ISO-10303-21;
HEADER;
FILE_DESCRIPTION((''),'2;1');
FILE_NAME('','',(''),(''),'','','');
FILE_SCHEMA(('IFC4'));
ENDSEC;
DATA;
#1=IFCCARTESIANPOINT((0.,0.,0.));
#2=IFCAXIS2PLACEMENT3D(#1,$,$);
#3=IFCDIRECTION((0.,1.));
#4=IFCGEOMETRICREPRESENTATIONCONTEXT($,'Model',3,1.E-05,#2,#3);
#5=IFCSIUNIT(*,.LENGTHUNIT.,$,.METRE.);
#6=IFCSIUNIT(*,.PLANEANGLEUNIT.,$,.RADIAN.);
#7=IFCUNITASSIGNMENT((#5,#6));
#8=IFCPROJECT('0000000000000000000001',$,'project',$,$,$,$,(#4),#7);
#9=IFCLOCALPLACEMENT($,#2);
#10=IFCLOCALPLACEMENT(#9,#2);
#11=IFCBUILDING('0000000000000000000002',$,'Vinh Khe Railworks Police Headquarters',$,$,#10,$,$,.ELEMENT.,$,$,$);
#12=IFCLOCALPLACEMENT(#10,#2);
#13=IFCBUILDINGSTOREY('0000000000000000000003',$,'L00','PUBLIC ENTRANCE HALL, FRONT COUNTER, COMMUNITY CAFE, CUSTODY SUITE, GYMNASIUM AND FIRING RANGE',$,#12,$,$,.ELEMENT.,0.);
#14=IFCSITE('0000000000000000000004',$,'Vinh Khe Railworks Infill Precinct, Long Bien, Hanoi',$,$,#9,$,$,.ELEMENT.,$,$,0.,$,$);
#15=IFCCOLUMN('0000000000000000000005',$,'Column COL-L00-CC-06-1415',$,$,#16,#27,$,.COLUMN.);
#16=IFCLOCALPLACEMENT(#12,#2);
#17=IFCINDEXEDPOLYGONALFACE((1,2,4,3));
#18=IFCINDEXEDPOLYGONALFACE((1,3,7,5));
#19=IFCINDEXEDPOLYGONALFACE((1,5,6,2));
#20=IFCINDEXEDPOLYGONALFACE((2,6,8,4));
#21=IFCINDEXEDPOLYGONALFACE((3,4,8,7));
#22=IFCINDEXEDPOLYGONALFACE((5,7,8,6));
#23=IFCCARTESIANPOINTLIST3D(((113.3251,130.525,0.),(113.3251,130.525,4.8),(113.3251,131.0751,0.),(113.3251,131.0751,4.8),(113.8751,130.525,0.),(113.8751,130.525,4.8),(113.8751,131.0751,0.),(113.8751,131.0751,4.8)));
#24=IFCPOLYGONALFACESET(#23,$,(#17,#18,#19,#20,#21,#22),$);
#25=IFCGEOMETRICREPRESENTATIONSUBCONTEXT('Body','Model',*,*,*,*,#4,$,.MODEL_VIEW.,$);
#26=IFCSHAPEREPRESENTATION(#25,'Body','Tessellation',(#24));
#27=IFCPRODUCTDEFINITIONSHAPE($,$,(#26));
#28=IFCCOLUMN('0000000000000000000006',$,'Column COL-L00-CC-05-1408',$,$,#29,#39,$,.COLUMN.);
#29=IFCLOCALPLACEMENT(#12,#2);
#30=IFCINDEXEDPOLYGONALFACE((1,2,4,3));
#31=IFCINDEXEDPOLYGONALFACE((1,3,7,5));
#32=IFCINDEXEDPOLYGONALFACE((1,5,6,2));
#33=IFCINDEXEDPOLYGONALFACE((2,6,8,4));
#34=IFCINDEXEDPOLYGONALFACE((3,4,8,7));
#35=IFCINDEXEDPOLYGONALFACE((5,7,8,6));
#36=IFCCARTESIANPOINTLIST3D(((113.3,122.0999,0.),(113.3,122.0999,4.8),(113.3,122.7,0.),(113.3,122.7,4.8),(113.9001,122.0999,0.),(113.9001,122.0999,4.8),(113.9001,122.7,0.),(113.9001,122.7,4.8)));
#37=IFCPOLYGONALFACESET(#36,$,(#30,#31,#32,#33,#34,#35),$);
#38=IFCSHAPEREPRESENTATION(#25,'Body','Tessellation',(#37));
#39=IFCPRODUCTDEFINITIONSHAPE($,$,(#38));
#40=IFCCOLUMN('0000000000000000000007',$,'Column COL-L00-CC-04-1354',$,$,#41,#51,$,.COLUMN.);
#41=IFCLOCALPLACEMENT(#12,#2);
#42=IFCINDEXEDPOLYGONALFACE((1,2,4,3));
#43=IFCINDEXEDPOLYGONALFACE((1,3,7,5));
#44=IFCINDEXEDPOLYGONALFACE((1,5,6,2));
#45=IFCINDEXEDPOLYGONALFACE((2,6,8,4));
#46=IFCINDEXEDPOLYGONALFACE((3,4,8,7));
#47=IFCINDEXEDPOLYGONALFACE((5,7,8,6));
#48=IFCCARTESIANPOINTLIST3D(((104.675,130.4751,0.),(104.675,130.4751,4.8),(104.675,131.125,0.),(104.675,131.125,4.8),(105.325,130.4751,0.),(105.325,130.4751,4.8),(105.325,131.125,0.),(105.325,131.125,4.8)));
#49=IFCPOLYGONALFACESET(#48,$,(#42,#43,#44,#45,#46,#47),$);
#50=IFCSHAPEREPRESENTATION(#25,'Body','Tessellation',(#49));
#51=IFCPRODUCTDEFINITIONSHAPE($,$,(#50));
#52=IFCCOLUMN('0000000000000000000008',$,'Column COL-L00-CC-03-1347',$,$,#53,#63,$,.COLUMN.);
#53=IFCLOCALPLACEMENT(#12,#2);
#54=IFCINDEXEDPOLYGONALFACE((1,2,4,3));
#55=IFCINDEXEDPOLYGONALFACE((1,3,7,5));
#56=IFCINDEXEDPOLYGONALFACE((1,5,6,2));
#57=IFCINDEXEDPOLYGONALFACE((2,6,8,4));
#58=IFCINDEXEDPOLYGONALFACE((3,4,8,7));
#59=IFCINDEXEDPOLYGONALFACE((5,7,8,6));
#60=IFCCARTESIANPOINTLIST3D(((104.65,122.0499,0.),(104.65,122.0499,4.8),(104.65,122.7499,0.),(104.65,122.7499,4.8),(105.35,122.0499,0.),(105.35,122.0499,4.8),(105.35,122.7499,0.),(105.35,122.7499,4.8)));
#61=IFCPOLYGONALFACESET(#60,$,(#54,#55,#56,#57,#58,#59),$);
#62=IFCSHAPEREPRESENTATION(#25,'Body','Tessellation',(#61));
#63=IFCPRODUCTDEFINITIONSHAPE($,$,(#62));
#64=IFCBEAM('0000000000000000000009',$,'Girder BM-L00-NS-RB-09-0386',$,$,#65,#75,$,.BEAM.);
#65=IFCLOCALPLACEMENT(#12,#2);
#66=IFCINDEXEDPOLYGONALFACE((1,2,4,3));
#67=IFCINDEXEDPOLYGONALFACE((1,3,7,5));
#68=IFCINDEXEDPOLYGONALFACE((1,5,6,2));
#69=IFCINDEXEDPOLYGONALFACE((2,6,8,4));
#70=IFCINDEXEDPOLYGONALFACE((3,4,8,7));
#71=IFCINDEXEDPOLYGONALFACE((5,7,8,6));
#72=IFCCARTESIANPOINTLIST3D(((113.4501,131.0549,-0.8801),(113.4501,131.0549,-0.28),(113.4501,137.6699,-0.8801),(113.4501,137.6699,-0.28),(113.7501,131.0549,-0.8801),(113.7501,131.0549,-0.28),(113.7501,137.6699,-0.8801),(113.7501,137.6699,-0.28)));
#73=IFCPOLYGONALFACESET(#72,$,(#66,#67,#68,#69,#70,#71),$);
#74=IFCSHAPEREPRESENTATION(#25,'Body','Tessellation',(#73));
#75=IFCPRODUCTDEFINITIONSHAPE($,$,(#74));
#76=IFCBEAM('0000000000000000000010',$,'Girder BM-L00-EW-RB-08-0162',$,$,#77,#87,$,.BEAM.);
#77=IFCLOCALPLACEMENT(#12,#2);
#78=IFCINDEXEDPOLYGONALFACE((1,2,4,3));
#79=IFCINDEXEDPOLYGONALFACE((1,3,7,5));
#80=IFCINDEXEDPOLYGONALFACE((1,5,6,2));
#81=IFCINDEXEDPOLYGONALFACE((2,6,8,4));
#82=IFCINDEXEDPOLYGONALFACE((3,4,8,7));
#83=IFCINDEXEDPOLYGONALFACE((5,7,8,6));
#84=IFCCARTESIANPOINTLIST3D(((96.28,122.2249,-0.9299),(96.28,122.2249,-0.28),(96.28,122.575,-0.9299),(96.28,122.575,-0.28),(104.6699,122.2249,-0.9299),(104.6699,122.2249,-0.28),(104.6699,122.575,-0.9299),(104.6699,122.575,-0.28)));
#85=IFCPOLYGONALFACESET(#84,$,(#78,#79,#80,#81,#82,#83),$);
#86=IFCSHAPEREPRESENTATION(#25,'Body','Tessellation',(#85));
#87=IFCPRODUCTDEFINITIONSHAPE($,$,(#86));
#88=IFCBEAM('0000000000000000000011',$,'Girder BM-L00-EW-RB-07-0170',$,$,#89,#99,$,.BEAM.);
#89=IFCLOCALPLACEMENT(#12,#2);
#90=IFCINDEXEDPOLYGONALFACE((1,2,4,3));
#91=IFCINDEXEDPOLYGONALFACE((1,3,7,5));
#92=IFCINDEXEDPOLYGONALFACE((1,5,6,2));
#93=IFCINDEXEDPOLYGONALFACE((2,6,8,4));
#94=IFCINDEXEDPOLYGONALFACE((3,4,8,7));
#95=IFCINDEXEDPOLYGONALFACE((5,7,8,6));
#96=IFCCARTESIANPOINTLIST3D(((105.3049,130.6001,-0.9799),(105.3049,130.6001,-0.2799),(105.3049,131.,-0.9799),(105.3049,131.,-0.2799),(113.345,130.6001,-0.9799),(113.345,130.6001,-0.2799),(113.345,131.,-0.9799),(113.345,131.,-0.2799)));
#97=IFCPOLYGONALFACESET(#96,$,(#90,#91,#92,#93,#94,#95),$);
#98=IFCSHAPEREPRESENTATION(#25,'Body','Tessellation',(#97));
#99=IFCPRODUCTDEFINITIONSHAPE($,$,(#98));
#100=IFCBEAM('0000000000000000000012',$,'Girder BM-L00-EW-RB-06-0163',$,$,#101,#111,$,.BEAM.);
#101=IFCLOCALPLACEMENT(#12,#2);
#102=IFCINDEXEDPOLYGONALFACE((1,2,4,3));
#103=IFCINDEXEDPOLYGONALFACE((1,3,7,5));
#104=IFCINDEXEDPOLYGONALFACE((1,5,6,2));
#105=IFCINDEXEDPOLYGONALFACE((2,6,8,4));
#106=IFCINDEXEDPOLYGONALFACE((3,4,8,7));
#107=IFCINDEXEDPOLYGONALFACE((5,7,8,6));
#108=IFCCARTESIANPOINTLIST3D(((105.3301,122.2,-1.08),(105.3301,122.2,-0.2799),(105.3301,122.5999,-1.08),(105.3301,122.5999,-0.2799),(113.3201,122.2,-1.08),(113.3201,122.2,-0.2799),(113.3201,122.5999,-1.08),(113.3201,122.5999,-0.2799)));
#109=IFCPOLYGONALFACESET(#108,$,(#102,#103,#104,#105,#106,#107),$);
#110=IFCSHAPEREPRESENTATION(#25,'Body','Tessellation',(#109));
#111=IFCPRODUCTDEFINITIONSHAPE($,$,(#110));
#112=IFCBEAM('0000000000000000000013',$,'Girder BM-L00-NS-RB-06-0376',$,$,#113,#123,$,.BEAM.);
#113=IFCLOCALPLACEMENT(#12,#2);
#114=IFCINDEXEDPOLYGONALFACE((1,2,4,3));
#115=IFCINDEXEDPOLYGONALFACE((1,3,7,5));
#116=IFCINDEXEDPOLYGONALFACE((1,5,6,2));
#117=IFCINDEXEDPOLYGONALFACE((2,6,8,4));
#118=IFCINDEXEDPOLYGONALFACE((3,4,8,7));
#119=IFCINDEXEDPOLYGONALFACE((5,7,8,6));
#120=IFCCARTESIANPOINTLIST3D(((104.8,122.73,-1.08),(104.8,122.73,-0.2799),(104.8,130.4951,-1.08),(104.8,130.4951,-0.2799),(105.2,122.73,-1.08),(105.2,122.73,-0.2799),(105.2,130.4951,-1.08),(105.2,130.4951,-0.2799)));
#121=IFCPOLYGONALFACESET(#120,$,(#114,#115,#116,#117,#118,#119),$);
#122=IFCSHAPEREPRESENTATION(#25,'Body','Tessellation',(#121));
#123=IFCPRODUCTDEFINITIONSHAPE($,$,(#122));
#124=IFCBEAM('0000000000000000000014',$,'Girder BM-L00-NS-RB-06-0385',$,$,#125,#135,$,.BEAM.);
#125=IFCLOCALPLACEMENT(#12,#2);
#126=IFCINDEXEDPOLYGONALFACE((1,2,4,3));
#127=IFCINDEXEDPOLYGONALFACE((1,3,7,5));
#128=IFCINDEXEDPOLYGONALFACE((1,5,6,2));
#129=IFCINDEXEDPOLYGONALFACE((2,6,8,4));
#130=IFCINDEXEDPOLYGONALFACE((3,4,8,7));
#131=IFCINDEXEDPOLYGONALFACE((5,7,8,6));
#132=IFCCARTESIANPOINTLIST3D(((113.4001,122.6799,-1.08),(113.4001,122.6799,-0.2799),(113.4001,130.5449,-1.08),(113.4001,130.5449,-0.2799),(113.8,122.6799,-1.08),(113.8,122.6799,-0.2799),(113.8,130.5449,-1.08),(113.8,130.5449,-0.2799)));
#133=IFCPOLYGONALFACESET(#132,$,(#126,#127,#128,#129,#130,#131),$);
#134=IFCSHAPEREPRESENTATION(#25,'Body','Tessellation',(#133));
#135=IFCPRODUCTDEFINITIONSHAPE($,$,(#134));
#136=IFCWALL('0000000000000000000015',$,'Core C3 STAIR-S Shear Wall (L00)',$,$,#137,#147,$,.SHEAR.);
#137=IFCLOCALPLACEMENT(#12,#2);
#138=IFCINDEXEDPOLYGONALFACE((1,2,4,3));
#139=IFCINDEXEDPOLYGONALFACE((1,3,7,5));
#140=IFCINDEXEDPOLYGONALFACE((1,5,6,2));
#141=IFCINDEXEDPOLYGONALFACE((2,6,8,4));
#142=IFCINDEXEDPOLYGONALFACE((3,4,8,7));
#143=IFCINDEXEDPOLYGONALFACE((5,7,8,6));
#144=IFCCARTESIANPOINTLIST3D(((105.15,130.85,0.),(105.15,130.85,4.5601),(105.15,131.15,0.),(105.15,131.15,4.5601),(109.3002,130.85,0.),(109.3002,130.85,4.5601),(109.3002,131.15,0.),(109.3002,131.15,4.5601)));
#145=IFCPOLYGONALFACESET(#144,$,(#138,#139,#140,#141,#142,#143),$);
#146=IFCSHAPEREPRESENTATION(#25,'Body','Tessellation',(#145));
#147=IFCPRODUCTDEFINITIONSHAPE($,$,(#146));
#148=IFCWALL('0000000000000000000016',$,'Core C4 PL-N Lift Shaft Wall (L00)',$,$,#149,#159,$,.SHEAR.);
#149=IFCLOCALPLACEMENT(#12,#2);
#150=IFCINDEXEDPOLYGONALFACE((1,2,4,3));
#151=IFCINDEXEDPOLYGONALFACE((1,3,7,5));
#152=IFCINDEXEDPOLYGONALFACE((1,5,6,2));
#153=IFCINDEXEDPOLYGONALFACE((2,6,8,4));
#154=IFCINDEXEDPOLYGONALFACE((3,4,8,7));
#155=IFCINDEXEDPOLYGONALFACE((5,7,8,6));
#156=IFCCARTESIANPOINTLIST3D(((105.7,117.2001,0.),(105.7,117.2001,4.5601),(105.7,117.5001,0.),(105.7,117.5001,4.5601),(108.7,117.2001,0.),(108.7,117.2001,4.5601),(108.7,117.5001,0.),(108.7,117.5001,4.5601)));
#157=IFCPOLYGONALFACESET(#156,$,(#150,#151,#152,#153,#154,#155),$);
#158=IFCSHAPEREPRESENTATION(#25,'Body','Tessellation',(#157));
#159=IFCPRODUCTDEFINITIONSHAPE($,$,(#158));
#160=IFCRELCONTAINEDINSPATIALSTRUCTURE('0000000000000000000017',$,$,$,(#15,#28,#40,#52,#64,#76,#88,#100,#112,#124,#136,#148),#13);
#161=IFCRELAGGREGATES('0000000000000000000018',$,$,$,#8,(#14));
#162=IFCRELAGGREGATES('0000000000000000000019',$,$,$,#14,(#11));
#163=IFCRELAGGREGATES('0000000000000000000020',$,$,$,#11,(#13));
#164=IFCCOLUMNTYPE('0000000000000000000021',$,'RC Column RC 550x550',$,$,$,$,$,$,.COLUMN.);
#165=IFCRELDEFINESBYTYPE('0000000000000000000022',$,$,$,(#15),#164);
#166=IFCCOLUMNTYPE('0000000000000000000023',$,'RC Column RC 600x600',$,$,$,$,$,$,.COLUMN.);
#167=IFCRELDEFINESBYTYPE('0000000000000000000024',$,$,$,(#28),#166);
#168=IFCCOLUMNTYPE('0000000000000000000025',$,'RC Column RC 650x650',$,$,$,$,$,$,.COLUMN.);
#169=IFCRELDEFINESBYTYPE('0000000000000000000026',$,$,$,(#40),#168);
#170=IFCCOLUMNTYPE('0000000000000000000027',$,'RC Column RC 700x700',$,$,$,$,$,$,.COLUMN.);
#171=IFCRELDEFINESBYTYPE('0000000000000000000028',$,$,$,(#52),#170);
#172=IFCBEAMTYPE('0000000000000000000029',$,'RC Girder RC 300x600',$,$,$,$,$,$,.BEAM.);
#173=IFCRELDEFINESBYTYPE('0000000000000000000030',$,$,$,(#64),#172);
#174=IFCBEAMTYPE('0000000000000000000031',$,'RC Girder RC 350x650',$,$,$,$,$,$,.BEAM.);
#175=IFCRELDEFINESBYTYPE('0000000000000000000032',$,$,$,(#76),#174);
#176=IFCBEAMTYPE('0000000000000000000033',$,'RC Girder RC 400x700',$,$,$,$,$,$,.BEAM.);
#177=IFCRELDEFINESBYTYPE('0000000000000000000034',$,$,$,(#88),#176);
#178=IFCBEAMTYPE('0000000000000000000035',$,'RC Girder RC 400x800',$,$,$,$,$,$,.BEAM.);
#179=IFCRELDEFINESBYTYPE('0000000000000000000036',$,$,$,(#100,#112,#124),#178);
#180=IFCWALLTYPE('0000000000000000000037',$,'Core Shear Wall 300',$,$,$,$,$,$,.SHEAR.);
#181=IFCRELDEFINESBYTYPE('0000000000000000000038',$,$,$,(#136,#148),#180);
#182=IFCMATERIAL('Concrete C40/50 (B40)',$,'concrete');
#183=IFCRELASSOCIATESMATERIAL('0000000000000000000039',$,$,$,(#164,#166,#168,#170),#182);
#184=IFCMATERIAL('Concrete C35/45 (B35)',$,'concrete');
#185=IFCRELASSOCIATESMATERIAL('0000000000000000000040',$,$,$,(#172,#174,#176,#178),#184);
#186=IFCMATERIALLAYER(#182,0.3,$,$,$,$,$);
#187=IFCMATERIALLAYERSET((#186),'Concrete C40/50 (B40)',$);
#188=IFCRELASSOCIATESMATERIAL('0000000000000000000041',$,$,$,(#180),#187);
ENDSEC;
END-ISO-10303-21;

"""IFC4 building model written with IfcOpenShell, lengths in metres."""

from ifc_helpers import new_model, si_unit, direction, frame, frame_2d, origin, origin_2d, place, context, subcontext, project, spatial, rectangle, extrude, material, layer, layer_set, material_profile, profile_set, type_object, element, save


model = new_model("IFC4")

# Units and contexts
model_context = context("Model", 3, precision=1e-05, world=origin(), true_north=direction((0.0, 1.0)))
body_context = subcontext(model_context, "Body", "Model", "MODEL_VIEW")
ifc_project = project(units=[si_unit("LENGTHUNIT", "METRE"), si_unit("PLANEANGLEUNIT", "RADIAN")], contexts=[model_context])

# Site, building, storey
site_placement = place(None, origin())
site = spatial("IfcSite", under=ifc_project, at=site_placement, Name="Vinh Khe Railworks Infill Precinct, Long Bien, Hanoi", CompositionType="ELEMENT", RefElevation=0.0)
building_placement = place(site_placement, origin())
building = spatial("IfcBuilding", under=site, at=building_placement, Name="Vinh Khe Railworks Police Headquarters", CompositionType="ELEMENT")
storey_placement = place(building_placement, origin())
storey = spatial("IfcBuildingStorey", under=building, at=storey_placement, Name="L00", Description="PUBLIC ENTRANCE HALL, FRONT COUNTER, COMMUNITY CAFE, CUSTODY SUITE, GYMNASIUM AND FIRING RANGE", CompositionType="ELEMENT", Elevation=0.0)

# Columns
ifc_material_1 = material(Name="Concrete C40/50 (B40)", Category="concrete")
ifc_material_profile_1 = material_profile(ifc_material_1, rectangle(XDim=0.55, YDim=0.55, at=origin_2d()), Name="RC 550x550")
ifc_profile_set_1 = profile_set([ifc_material_profile_1], Name="Concrete C40/50 (B40)")
column_type_1 = type_object("IfcColumnType", Name="RC Column RC 550x550", PredefinedType="COLUMN", material=ifc_profile_set_1)
column_1_placement = place(storey_placement, frame((113.6001, 130.8, 0.0), z_axis=(0.0, 0.0, 1.0), x_axis=(1.0, 0.0, 0.0)))
element("IfcColumn", 1, at=column_1_placement, inside=storey, type_object=column_type_1, Name="Column COL-L00-CC-06-1415", PredefinedType="COLUMN", context=body_context, shape_type="SweptSolid", body=[
    extrude(rectangle(XDim=0.55, YDim=0.55, at=origin_2d()), origin(), (0.0, 0.0, 1.0), 4.8),
])
ifc_material_profile_2 = material_profile(ifc_material_1, rectangle(XDim=0.6001, YDim=0.6001, at=origin_2d()), Name="RC 600x600")
ifc_profile_set_2 = profile_set([ifc_material_profile_2], Name="Concrete C40/50 (B40)")
column_type_2 = type_object("IfcColumnType", Name="RC Column RC 600x600", PredefinedType="COLUMN", material=ifc_profile_set_2)
column_2_placement = place(storey_placement, frame((113.6001, 122.3999, 0.0), z_axis=(0.0, 0.0, 1.0), x_axis=(1.0, 0.0, 0.0)))
element("IfcColumn", 2, at=column_2_placement, inside=storey, type_object=column_type_2, Name="Column COL-L00-CC-05-1408", PredefinedType="COLUMN", context=body_context, shape_type="SweptSolid", body=[
    extrude(rectangle(XDim=0.6001, YDim=0.6001, at=origin_2d()), origin(), (0.0, 0.0, 1.0), 4.8),
])
ifc_material_profile_3 = material_profile(ifc_material_1, rectangle(XDim=0.6499, YDim=0.6499, at=origin_2d()), Name="RC 650x650")
ifc_profile_set_3 = profile_set([ifc_material_profile_3], Name="Concrete C40/50 (B40)")
column_type_3 = type_object("IfcColumnType", Name="RC Column RC 650x650", PredefinedType="COLUMN", material=ifc_profile_set_3)
column_3_placement = place(storey_placement, frame((105.0, 130.8, 0.0), z_axis=(0.0, 0.0, 1.0), x_axis=(1.0, 0.0, 0.0)))
element("IfcColumn", 3, at=column_3_placement, inside=storey, type_object=column_type_3, Name="Column COL-L00-CC-04-1354", PredefinedType="COLUMN", context=body_context, shape_type="SweptSolid", body=[
    extrude(rectangle(XDim=0.6499, YDim=0.6499, at=origin_2d()), origin(), (0.0, 0.0, 1.0), 4.8),
])
ifc_material_profile_4 = material_profile(ifc_material_1, rectangle(XDim=0.7, YDim=0.7, at=origin_2d()), Name="RC 700x700")
ifc_profile_set_4 = profile_set([ifc_material_profile_4], Name="Concrete C40/50 (B40)")
column_type_4 = type_object("IfcColumnType", Name="RC Column RC 700x700", PredefinedType="COLUMN", material=ifc_profile_set_4)
column_4_placement = place(storey_placement, frame((105.0, 122.3999, 0.0), z_axis=(0.0, 0.0, 1.0), x_axis=(1.0, 0.0, 0.0)))
element("IfcColumn", 4, at=column_4_placement, inside=storey, type_object=column_type_4, Name="Column COL-L00-CC-03-1347", PredefinedType="COLUMN", context=body_context, shape_type="SweptSolid", body=[
    extrude(rectangle(XDim=0.7, YDim=0.7, at=origin_2d()), origin(), (0.0, 0.0, 1.0), 4.8),
])

# Beams
ifc_material_2 = material(Name="Concrete C35/45 (B35)", Category="concrete")
ifc_material_profile_5 = material_profile(ifc_material_2, rectangle(XDim=0.3, YDim=0.6001, at=origin_2d()), Name="RC 300x600")
ifc_profile_set_5 = profile_set([ifc_material_profile_5], Name="Concrete C35/45 (B35)")
beam_type_1 = type_object("IfcBeamType", Name="RC Girder RC 300x600", PredefinedType="BEAM", material=ifc_profile_set_5)
beam_1_placement = place(storey_placement, frame((113.6001, 131.0549, -0.5801), z_axis=(0.0, 1.0, 0.0), x_axis=(-1.0, 0.0, 0.0)))
element("IfcBeam", 5, at=beam_1_placement, inside=storey, type_object=beam_type_1, Name="Girder BM-L00-NS-RB-09-0386", PredefinedType="BEAM", context=body_context, shape_type="SweptSolid", body=[
    extrude(rectangle(XDim=0.3, YDim=0.6001, at=origin_2d()), origin(), (0.0, 0.0, 1.0), 6.615),
])
ifc_material_profile_6 = material_profile(ifc_material_2, rectangle(XDim=0.3501, YDim=0.6499, at=origin_2d()), Name="RC 350x650")
ifc_profile_set_6 = profile_set([ifc_material_profile_6], Name="Concrete C35/45 (B35)")
beam_type_2 = type_object("IfcBeamType", Name="RC Girder RC 350x650", PredefinedType="BEAM", material=ifc_profile_set_6)
beam_2_placement = place(storey_placement, frame((96.28, 122.3999, -0.605), z_axis=(1.0, 0.0, 0.0), x_axis=(0.0, 1.0, 0.0)))
element("IfcBeam", 6, at=beam_2_placement, inside=storey, type_object=beam_type_2, Name="Girder BM-L00-EW-RB-08-0162", PredefinedType="BEAM", context=body_context, shape_type="SweptSolid", body=[
    extrude(rectangle(XDim=0.3501, YDim=0.6499, at=origin_2d()), origin(), (0.0, 0.0, 1.0), 8.3899),
])
ifc_material_profile_7 = material_profile(ifc_material_2, rectangle(XDim=0.3999, YDim=0.7, at=origin_2d()), Name="RC 400x700")
ifc_profile_set_7 = profile_set([ifc_material_profile_7], Name="Concrete C35/45 (B35)")
beam_type_3 = type_object("IfcBeamType", Name="RC Girder RC 400x700", PredefinedType="BEAM", material=ifc_profile_set_7)
beam_3_placement = place(storey_placement, frame((105.3049, 130.8, -0.6299), z_axis=(1.0, 0.0, 0.0), x_axis=(0.0, 1.0, 0.0)))
element("IfcBeam", 7, at=beam_3_placement, inside=storey, type_object=beam_type_3, Name="Girder BM-L00-EW-RB-07-0170", PredefinedType="BEAM", context=body_context, shape_type="SweptSolid", body=[
    extrude(rectangle(XDim=0.3999, YDim=0.7, at=origin_2d()), origin(), (0.0, 0.0, 1.0), 8.04),
])
ifc_material_profile_8 = material_profile(ifc_material_2, rectangle(XDim=0.3999, YDim=0.8, at=origin_2d()), Name="RC 400x800")
ifc_profile_set_8 = profile_set([ifc_material_profile_8], Name="Concrete C35/45 (B35)")
beam_type_4 = type_object("IfcBeamType", Name="RC Girder RC 400x800", PredefinedType="BEAM", material=ifc_profile_set_8)
beam_4_placement = place(storey_placement, frame((105.3301, 122.3999, -0.6799), z_axis=(1.0, 0.0, 0.0), x_axis=(0.0, 1.0, 0.0)))
element("IfcBeam", 8, at=beam_4_placement, inside=storey, type_object=beam_type_4, Name="Girder BM-L00-EW-RB-06-0163", PredefinedType="BEAM", context=body_context, shape_type="SweptSolid", body=[
    extrude(rectangle(XDim=0.3999, YDim=0.8, at=origin_2d()), origin(), (0.0, 0.0, 1.0), 7.99),
])
beam_5_placement = place(storey_placement, frame((105.0, 122.73, -0.6799), z_axis=(0.0, 1.0, 0.0), x_axis=(-1.0, 0.0, 0.0)))
element("IfcBeam", 9, at=beam_5_placement, inside=storey, type_object=beam_type_4, Name="Girder BM-L00-NS-RB-06-0376", PredefinedType="BEAM", context=body_context, shape_type="SweptSolid", body=[
    extrude(rectangle(XDim=0.3999, YDim=0.8, at=origin_2d()), origin(), (0.0, 0.0, 1.0), 7.7651),
])
beam_6_placement = place(storey_placement, frame((113.6001, 122.6799, -0.6799), z_axis=(0.0, 1.0, 0.0), x_axis=(-1.0, 0.0, 0.0)))
element("IfcBeam", 10, at=beam_6_placement, inside=storey, type_object=beam_type_4, Name="Girder BM-L00-NS-RB-06-0385", PredefinedType="BEAM", context=body_context, shape_type="SweptSolid", body=[
    extrude(rectangle(XDim=0.3999, YDim=0.8, at=origin_2d()), origin(), (0.0, 0.0, 1.0), 7.865),
])

# Walls
ifc_layer_1 = layer(ifc_material_1, 0.3)
ifc_layer_set_1 = layer_set([ifc_layer_1], Name="Concrete C40/50 (B40)")
wall_type_1 = type_object("IfcWallType", Name="Core Shear Wall 300", PredefinedType="SHEAR", material=ifc_layer_set_1)
wall_1_placement = place(storey_placement, frame((105.1499, 131.0, 0.0), z_axis=(0.0, 0.0, 1.0), x_axis=(1.0, 0.0, 0.0)))
element("IfcWall", 11, at=wall_1_placement, inside=storey, type_object=wall_type_1, Name="Core C3 STAIR-S Shear Wall (L00)", PredefinedType="SHEAR", context=body_context, shape_type="SweptSolid", body=[
    extrude(rectangle(XDim=4.1501, YDim=0.3, at=frame_2d((2.0752, 0.0))), origin(), (0.0, 0.0, 1.0), 4.5601),
])
wall_2_placement = place(storey_placement, frame((105.7, 117.3501, 0.0), z_axis=(0.0, 0.0, 1.0), x_axis=(1.0, 0.0, 0.0)))
element("IfcWall", 12, at=wall_2_placement, inside=storey, type_object=wall_type_1, Name="Core C4 PL-N Lift Shaft Wall (L00)", PredefinedType="SHEAR", context=body_context, shape_type="SweptSolid", body=[
    extrude(rectangle(XDim=3.0, YDim=0.3, at=frame_2d((1.5, 0.0))), origin(), (0.0, 0.0, 1.0), 4.5601),
])

save(model, "model.ifc")
